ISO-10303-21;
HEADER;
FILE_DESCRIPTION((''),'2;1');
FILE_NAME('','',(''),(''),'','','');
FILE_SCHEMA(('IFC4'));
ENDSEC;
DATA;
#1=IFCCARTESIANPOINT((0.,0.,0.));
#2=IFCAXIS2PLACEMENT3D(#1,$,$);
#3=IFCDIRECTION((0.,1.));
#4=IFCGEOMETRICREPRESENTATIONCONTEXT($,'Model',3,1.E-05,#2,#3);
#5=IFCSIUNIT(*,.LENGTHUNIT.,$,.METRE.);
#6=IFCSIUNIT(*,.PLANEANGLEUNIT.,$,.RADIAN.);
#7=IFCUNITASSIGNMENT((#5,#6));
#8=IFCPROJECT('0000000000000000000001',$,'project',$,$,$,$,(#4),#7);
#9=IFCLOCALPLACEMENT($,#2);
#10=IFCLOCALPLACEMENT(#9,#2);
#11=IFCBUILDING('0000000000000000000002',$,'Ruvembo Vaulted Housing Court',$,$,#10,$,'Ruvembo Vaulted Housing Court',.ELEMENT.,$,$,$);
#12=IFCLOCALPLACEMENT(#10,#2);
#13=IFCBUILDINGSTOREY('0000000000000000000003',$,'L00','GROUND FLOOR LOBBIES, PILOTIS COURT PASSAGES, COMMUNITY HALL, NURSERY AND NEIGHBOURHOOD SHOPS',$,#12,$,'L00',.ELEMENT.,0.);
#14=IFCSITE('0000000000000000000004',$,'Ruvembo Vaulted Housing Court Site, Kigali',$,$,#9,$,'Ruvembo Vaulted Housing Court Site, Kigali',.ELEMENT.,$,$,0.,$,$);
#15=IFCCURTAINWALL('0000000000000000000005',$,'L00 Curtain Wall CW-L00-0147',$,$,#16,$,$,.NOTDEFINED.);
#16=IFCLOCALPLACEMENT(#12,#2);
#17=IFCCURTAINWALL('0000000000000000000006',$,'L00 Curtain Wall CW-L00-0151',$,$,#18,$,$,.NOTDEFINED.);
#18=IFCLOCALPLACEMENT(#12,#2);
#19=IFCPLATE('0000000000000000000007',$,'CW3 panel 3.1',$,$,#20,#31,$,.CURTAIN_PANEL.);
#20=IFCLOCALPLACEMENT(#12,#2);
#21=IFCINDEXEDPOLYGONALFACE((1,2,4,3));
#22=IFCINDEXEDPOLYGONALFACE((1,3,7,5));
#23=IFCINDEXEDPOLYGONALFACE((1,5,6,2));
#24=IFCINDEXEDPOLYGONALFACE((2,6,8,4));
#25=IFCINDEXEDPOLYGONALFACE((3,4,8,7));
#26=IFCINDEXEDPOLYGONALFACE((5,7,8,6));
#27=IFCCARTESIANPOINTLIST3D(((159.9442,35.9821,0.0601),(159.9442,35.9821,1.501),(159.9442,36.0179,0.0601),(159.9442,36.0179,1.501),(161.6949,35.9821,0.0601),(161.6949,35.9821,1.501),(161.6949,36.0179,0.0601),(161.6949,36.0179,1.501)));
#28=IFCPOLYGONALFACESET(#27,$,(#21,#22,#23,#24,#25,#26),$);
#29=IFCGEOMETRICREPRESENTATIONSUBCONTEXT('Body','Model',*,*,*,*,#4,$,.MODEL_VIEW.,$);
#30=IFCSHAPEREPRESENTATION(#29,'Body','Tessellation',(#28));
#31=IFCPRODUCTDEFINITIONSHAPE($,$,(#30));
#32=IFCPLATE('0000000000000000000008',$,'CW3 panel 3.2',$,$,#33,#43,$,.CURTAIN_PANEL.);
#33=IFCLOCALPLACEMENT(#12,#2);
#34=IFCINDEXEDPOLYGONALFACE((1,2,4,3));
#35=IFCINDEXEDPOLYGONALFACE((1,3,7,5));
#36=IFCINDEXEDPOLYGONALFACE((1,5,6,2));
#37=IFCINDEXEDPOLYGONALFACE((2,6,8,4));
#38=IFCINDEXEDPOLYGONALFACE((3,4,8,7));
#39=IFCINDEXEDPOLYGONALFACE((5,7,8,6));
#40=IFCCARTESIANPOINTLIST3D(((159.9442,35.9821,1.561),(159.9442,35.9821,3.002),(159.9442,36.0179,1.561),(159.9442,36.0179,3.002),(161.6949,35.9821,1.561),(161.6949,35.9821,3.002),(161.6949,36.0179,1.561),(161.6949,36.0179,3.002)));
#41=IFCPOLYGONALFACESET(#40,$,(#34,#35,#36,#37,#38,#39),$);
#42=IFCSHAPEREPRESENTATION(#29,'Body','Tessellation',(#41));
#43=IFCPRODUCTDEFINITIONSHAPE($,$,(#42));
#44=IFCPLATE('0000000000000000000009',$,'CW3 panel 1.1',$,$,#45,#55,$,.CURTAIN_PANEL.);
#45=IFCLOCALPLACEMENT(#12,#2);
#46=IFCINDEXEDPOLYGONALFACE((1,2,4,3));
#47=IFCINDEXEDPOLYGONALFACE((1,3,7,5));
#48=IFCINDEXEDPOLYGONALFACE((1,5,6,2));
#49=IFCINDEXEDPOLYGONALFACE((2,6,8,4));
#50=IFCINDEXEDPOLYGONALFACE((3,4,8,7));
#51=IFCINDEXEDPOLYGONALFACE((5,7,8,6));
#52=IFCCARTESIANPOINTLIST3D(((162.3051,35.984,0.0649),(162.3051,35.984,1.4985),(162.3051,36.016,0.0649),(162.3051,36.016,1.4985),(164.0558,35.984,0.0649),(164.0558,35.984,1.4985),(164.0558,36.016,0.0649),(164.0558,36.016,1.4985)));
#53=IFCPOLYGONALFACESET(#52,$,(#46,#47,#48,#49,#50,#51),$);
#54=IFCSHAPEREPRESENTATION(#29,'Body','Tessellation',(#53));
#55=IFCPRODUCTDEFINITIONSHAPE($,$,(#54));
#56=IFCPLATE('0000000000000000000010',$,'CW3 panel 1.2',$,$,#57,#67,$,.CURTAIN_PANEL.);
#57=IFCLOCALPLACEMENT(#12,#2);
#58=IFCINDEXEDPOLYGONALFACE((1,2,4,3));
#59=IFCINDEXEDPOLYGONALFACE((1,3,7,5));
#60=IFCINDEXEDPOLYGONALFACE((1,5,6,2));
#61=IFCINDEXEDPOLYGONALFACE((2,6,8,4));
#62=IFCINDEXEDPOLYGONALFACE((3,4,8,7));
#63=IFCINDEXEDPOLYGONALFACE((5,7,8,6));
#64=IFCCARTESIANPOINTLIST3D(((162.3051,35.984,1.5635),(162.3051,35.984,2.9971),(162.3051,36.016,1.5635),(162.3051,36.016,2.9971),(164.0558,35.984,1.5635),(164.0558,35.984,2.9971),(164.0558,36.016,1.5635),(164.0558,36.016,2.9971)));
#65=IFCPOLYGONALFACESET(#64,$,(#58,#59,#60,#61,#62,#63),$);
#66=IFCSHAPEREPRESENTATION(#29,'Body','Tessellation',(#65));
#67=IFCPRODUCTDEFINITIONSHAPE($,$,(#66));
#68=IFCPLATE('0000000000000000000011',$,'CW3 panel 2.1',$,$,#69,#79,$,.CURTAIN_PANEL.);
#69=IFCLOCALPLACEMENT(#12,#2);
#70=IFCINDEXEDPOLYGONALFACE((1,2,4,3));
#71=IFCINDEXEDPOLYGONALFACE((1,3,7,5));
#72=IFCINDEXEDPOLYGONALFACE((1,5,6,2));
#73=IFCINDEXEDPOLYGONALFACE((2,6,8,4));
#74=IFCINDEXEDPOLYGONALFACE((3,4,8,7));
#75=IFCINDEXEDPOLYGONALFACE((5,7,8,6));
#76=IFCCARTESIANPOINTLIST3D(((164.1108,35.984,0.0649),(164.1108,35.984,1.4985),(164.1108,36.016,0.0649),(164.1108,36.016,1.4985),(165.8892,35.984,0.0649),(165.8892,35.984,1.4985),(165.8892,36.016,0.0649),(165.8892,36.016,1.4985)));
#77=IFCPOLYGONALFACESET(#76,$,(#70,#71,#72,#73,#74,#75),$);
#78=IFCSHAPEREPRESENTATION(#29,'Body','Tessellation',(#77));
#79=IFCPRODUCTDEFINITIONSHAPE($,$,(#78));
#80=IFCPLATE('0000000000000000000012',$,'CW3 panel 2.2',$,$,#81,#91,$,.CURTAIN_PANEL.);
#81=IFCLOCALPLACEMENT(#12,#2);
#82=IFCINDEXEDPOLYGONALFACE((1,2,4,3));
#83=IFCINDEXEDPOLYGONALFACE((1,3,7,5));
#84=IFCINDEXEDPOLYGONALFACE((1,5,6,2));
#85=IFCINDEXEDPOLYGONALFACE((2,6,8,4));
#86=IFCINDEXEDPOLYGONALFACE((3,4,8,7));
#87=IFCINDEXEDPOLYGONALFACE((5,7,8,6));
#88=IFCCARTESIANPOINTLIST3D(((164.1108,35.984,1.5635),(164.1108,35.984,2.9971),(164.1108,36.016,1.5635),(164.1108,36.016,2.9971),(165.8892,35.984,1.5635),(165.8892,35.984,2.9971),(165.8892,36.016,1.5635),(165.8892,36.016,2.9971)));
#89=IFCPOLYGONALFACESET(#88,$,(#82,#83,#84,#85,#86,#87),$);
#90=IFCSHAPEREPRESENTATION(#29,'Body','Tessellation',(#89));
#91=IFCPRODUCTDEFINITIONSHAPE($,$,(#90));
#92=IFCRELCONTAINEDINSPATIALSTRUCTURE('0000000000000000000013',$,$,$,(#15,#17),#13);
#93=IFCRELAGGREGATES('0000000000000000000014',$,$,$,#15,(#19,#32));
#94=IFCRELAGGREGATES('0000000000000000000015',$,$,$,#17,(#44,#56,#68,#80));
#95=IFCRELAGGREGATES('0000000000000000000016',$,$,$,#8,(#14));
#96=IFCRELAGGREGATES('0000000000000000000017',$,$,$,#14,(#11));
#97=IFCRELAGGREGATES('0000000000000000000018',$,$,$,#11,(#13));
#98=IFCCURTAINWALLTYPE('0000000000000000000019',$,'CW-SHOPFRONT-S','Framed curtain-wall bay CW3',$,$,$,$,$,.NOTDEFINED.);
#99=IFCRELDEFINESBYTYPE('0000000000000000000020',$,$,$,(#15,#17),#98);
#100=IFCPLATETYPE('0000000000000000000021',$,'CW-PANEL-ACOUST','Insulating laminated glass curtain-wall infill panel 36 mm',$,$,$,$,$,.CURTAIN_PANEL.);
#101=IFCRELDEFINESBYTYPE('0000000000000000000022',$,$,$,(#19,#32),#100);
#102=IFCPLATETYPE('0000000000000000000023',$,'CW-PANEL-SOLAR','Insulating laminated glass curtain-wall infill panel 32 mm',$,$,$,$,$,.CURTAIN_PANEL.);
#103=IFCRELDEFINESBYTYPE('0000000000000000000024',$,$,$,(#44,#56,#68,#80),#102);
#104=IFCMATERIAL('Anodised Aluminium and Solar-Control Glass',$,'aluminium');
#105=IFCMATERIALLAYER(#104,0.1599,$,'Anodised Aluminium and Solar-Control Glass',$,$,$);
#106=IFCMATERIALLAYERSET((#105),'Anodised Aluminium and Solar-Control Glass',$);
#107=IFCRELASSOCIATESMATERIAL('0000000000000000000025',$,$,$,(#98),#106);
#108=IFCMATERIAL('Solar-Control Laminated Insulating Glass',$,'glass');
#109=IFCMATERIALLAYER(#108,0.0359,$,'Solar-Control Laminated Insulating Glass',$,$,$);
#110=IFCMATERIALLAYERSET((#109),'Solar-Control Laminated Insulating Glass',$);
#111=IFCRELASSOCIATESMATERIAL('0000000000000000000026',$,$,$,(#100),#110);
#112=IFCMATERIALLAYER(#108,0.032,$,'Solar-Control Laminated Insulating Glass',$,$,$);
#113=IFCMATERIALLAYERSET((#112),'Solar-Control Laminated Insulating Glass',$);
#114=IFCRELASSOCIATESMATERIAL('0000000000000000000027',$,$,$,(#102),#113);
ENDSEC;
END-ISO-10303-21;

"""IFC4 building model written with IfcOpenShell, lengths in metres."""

from ifc_helpers import new_model, si_unit, direction, frame, origin, origin_2d, place, context, subcontext, project, spatial, rectangle, extrude, material, layer, layer_set, type_object, element, aggregate, save


model = new_model("IFC4")

# Units and contexts
model_context = context("Model", 3, precision=1e-05, world=origin(), true_north=direction((0.0, 1.0)))
body_context = subcontext(model_context, "Body", "Model", "MODEL_VIEW")
ifc_project = project(units=[si_unit("LENGTHUNIT", "METRE"), si_unit("PLANEANGLEUNIT", "RADIAN")], contexts=[model_context])

# Site, building, storey
site_placement = place(None, origin())
site = spatial("IfcSite", under=ifc_project, at=site_placement, Name="Ruvembo Vaulted Housing Court Site, Kigali", LongName="Ruvembo Vaulted Housing Court Site, Kigali", CompositionType="ELEMENT", RefElevation=0.0)
building_placement = place(site_placement, origin())
building = spatial("IfcBuilding", under=site, at=building_placement, Name="Ruvembo Vaulted Housing Court", LongName="Ruvembo Vaulted Housing Court", CompositionType="ELEMENT")
storey_placement = place(building_placement, origin())
storey = spatial("IfcBuildingStorey", under=building, at=storey_placement, Name="L00", Description="GROUND FLOOR LOBBIES, PILOTIS COURT PASSAGES, COMMUNITY HALL, NURSERY AND NEIGHBOURHOOD SHOPS", LongName="L00", CompositionType="ELEMENT", Elevation=0.0)

# Curtain walls
ifc_material_1 = material(Name="Anodised Aluminium and Solar-Control Glass", Category="aluminium")
ifc_layer_1 = layer(ifc_material_1, 0.1599, Name="Anodised Aluminium and Solar-Control Glass")
ifc_layer_set_1 = layer_set([ifc_layer_1], Name="Anodised Aluminium and Solar-Control Glass")
curtain_wall_type = type_object("IfcCurtainWallType", Name="CW-SHOPFRONT-S", Description="Framed curtain-wall bay CW3", PredefinedType="NOTDEFINED", material=ifc_layer_set_1)
curtain_wall_1_placement = place(storey_placement, origin())
curtain_wall_1 = element("IfcCurtainWall", 1, at=curtain_wall_1_placement, inside=storey, type_object=curtain_wall_type, Name="L00 Curtain Wall CW-L00-0147", PredefinedType="NOTDEFINED")
curtain_wall_2_placement = place(storey_placement, origin())
curtain_wall_2 = element("IfcCurtainWall", 2, at=curtain_wall_2_placement, inside=storey, type_object=curtain_wall_type, Name="L00 Curtain Wall CW-L00-0151", PredefinedType="NOTDEFINED")

# Plates
ifc_material_2 = material(Name="Solar-Control Laminated Insulating Glass", Category="glass")
ifc_layer_2 = layer(ifc_material_2, 0.0359, Name="Solar-Control Laminated Insulating Glass")
ifc_layer_set_2 = layer_set([ifc_layer_2], Name="Solar-Control Laminated Insulating Glass")
plate_type_1 = type_object("IfcPlateType", Name="CW-PANEL-ACOUST", Description="Insulating laminated glass curtain-wall infill panel 36 mm", PredefinedType="CURTAIN_PANEL", material=ifc_layer_set_2)
plate_1_placement = place(storey_placement, frame((160.8196, 36.0, 0.0601), z_axis=(0.0, 0.0, 1.0), x_axis=(1.0, 0.0, 0.0)))
plate_1 = element("IfcPlate", 3, at=plate_1_placement, type_object=plate_type_1, Name="CW3 panel 3.1", PredefinedType="CURTAIN_PANEL", context=body_context, shape_type="SweptSolid", body=[
    extrude(rectangle(XDim=1.7507, YDim=0.0359, at=origin_2d()), origin(), (0.0, 0.0, 1.0), 1.4409),
])
plate_2_placement = place(storey_placement, frame((160.8196, 36.0, 1.561), z_axis=(0.0, 0.0, 1.0), x_axis=(1.0, 0.0, 0.0)))
plate_2 = element("IfcPlate", 4, at=plate_2_placement, type_object=plate_type_1, Name="CW3 panel 3.2", PredefinedType="CURTAIN_PANEL", context=body_context, shape_type="SweptSolid", body=[
    extrude(rectangle(XDim=1.7507, YDim=0.0359, at=origin_2d()), origin(), (0.0, 0.0, 1.0), 1.4409),
])
aggregate(curtain_wall_1, [plate_1, plate_2])
ifc_layer_3 = layer(ifc_material_2, 0.032, Name="Solar-Control Laminated Insulating Glass")
ifc_layer_set_3 = layer_set([ifc_layer_3], Name="Solar-Control Laminated Insulating Glass")
plate_type_2 = type_object("IfcPlateType", Name="CW-PANEL-SOLAR", Description="Insulating laminated glass curtain-wall infill panel 32 mm", PredefinedType="CURTAIN_PANEL", material=ifc_layer_set_3)
plate_3_placement = place(storey_placement, frame((163.1804, 36.0, 0.0649), z_axis=(0.0, 0.0, 1.0), x_axis=(1.0, 0.0, 0.0)))
plate_3 = element("IfcPlate", 5, at=plate_3_placement, type_object=plate_type_2, Name="CW3 panel 1.1", PredefinedType="CURTAIN_PANEL", context=body_context, shape_type="SweptSolid", body=[
    extrude(rectangle(XDim=1.7507, YDim=0.032, at=origin_2d()), origin(), (0.0, 0.0, 1.0), 1.4336),
])
plate_4_placement = place(storey_placement, frame((163.1804, 36.0, 1.5635), z_axis=(0.0, 0.0, 1.0), x_axis=(1.0, 0.0, 0.0)))
plate_4 = element("IfcPlate", 6, at=plate_4_placement, type_object=plate_type_2, Name="CW3 panel 1.2", PredefinedType="CURTAIN_PANEL", context=body_context, shape_type="SweptSolid", body=[
    extrude(rectangle(XDim=1.7507, YDim=0.032, at=origin_2d()), origin(), (0.0, 0.0, 1.0), 1.4336),
])
plate_5_placement = place(storey_placement, frame((165.0, 36.0, 0.0649), z_axis=(0.0, 0.0, 1.0), x_axis=(1.0, 0.0, 0.0)))
plate_5 = element("IfcPlate", 7, at=plate_5_placement, type_object=plate_type_2, Name="CW3 panel 2.1", PredefinedType="CURTAIN_PANEL", context=body_context, shape_type="SweptSolid", body=[
    extrude(rectangle(XDim=1.7783, YDim=0.032, at=origin_2d()), origin(), (0.0, 0.0, 1.0), 1.4336),
])
plate_6_placement = place(storey_placement, frame((165.0, 36.0, 1.5635), z_axis=(0.0, 0.0, 1.0), x_axis=(1.0, 0.0, 0.0)))
plate_6 = element("IfcPlate", 8, at=plate_6_placement, type_object=plate_type_2, Name="CW3 panel 2.2", PredefinedType="CURTAIN_PANEL", context=body_context, shape_type="SweptSolid", body=[
    extrude(rectangle(XDim=1.7783, YDim=0.032, at=origin_2d()), origin(), (0.0, 0.0, 1.0), 1.4336),
])
aggregate(curtain_wall_2, [plate_3, plate_4, plate_5, plate_6])

save(model, "model.ifc")
